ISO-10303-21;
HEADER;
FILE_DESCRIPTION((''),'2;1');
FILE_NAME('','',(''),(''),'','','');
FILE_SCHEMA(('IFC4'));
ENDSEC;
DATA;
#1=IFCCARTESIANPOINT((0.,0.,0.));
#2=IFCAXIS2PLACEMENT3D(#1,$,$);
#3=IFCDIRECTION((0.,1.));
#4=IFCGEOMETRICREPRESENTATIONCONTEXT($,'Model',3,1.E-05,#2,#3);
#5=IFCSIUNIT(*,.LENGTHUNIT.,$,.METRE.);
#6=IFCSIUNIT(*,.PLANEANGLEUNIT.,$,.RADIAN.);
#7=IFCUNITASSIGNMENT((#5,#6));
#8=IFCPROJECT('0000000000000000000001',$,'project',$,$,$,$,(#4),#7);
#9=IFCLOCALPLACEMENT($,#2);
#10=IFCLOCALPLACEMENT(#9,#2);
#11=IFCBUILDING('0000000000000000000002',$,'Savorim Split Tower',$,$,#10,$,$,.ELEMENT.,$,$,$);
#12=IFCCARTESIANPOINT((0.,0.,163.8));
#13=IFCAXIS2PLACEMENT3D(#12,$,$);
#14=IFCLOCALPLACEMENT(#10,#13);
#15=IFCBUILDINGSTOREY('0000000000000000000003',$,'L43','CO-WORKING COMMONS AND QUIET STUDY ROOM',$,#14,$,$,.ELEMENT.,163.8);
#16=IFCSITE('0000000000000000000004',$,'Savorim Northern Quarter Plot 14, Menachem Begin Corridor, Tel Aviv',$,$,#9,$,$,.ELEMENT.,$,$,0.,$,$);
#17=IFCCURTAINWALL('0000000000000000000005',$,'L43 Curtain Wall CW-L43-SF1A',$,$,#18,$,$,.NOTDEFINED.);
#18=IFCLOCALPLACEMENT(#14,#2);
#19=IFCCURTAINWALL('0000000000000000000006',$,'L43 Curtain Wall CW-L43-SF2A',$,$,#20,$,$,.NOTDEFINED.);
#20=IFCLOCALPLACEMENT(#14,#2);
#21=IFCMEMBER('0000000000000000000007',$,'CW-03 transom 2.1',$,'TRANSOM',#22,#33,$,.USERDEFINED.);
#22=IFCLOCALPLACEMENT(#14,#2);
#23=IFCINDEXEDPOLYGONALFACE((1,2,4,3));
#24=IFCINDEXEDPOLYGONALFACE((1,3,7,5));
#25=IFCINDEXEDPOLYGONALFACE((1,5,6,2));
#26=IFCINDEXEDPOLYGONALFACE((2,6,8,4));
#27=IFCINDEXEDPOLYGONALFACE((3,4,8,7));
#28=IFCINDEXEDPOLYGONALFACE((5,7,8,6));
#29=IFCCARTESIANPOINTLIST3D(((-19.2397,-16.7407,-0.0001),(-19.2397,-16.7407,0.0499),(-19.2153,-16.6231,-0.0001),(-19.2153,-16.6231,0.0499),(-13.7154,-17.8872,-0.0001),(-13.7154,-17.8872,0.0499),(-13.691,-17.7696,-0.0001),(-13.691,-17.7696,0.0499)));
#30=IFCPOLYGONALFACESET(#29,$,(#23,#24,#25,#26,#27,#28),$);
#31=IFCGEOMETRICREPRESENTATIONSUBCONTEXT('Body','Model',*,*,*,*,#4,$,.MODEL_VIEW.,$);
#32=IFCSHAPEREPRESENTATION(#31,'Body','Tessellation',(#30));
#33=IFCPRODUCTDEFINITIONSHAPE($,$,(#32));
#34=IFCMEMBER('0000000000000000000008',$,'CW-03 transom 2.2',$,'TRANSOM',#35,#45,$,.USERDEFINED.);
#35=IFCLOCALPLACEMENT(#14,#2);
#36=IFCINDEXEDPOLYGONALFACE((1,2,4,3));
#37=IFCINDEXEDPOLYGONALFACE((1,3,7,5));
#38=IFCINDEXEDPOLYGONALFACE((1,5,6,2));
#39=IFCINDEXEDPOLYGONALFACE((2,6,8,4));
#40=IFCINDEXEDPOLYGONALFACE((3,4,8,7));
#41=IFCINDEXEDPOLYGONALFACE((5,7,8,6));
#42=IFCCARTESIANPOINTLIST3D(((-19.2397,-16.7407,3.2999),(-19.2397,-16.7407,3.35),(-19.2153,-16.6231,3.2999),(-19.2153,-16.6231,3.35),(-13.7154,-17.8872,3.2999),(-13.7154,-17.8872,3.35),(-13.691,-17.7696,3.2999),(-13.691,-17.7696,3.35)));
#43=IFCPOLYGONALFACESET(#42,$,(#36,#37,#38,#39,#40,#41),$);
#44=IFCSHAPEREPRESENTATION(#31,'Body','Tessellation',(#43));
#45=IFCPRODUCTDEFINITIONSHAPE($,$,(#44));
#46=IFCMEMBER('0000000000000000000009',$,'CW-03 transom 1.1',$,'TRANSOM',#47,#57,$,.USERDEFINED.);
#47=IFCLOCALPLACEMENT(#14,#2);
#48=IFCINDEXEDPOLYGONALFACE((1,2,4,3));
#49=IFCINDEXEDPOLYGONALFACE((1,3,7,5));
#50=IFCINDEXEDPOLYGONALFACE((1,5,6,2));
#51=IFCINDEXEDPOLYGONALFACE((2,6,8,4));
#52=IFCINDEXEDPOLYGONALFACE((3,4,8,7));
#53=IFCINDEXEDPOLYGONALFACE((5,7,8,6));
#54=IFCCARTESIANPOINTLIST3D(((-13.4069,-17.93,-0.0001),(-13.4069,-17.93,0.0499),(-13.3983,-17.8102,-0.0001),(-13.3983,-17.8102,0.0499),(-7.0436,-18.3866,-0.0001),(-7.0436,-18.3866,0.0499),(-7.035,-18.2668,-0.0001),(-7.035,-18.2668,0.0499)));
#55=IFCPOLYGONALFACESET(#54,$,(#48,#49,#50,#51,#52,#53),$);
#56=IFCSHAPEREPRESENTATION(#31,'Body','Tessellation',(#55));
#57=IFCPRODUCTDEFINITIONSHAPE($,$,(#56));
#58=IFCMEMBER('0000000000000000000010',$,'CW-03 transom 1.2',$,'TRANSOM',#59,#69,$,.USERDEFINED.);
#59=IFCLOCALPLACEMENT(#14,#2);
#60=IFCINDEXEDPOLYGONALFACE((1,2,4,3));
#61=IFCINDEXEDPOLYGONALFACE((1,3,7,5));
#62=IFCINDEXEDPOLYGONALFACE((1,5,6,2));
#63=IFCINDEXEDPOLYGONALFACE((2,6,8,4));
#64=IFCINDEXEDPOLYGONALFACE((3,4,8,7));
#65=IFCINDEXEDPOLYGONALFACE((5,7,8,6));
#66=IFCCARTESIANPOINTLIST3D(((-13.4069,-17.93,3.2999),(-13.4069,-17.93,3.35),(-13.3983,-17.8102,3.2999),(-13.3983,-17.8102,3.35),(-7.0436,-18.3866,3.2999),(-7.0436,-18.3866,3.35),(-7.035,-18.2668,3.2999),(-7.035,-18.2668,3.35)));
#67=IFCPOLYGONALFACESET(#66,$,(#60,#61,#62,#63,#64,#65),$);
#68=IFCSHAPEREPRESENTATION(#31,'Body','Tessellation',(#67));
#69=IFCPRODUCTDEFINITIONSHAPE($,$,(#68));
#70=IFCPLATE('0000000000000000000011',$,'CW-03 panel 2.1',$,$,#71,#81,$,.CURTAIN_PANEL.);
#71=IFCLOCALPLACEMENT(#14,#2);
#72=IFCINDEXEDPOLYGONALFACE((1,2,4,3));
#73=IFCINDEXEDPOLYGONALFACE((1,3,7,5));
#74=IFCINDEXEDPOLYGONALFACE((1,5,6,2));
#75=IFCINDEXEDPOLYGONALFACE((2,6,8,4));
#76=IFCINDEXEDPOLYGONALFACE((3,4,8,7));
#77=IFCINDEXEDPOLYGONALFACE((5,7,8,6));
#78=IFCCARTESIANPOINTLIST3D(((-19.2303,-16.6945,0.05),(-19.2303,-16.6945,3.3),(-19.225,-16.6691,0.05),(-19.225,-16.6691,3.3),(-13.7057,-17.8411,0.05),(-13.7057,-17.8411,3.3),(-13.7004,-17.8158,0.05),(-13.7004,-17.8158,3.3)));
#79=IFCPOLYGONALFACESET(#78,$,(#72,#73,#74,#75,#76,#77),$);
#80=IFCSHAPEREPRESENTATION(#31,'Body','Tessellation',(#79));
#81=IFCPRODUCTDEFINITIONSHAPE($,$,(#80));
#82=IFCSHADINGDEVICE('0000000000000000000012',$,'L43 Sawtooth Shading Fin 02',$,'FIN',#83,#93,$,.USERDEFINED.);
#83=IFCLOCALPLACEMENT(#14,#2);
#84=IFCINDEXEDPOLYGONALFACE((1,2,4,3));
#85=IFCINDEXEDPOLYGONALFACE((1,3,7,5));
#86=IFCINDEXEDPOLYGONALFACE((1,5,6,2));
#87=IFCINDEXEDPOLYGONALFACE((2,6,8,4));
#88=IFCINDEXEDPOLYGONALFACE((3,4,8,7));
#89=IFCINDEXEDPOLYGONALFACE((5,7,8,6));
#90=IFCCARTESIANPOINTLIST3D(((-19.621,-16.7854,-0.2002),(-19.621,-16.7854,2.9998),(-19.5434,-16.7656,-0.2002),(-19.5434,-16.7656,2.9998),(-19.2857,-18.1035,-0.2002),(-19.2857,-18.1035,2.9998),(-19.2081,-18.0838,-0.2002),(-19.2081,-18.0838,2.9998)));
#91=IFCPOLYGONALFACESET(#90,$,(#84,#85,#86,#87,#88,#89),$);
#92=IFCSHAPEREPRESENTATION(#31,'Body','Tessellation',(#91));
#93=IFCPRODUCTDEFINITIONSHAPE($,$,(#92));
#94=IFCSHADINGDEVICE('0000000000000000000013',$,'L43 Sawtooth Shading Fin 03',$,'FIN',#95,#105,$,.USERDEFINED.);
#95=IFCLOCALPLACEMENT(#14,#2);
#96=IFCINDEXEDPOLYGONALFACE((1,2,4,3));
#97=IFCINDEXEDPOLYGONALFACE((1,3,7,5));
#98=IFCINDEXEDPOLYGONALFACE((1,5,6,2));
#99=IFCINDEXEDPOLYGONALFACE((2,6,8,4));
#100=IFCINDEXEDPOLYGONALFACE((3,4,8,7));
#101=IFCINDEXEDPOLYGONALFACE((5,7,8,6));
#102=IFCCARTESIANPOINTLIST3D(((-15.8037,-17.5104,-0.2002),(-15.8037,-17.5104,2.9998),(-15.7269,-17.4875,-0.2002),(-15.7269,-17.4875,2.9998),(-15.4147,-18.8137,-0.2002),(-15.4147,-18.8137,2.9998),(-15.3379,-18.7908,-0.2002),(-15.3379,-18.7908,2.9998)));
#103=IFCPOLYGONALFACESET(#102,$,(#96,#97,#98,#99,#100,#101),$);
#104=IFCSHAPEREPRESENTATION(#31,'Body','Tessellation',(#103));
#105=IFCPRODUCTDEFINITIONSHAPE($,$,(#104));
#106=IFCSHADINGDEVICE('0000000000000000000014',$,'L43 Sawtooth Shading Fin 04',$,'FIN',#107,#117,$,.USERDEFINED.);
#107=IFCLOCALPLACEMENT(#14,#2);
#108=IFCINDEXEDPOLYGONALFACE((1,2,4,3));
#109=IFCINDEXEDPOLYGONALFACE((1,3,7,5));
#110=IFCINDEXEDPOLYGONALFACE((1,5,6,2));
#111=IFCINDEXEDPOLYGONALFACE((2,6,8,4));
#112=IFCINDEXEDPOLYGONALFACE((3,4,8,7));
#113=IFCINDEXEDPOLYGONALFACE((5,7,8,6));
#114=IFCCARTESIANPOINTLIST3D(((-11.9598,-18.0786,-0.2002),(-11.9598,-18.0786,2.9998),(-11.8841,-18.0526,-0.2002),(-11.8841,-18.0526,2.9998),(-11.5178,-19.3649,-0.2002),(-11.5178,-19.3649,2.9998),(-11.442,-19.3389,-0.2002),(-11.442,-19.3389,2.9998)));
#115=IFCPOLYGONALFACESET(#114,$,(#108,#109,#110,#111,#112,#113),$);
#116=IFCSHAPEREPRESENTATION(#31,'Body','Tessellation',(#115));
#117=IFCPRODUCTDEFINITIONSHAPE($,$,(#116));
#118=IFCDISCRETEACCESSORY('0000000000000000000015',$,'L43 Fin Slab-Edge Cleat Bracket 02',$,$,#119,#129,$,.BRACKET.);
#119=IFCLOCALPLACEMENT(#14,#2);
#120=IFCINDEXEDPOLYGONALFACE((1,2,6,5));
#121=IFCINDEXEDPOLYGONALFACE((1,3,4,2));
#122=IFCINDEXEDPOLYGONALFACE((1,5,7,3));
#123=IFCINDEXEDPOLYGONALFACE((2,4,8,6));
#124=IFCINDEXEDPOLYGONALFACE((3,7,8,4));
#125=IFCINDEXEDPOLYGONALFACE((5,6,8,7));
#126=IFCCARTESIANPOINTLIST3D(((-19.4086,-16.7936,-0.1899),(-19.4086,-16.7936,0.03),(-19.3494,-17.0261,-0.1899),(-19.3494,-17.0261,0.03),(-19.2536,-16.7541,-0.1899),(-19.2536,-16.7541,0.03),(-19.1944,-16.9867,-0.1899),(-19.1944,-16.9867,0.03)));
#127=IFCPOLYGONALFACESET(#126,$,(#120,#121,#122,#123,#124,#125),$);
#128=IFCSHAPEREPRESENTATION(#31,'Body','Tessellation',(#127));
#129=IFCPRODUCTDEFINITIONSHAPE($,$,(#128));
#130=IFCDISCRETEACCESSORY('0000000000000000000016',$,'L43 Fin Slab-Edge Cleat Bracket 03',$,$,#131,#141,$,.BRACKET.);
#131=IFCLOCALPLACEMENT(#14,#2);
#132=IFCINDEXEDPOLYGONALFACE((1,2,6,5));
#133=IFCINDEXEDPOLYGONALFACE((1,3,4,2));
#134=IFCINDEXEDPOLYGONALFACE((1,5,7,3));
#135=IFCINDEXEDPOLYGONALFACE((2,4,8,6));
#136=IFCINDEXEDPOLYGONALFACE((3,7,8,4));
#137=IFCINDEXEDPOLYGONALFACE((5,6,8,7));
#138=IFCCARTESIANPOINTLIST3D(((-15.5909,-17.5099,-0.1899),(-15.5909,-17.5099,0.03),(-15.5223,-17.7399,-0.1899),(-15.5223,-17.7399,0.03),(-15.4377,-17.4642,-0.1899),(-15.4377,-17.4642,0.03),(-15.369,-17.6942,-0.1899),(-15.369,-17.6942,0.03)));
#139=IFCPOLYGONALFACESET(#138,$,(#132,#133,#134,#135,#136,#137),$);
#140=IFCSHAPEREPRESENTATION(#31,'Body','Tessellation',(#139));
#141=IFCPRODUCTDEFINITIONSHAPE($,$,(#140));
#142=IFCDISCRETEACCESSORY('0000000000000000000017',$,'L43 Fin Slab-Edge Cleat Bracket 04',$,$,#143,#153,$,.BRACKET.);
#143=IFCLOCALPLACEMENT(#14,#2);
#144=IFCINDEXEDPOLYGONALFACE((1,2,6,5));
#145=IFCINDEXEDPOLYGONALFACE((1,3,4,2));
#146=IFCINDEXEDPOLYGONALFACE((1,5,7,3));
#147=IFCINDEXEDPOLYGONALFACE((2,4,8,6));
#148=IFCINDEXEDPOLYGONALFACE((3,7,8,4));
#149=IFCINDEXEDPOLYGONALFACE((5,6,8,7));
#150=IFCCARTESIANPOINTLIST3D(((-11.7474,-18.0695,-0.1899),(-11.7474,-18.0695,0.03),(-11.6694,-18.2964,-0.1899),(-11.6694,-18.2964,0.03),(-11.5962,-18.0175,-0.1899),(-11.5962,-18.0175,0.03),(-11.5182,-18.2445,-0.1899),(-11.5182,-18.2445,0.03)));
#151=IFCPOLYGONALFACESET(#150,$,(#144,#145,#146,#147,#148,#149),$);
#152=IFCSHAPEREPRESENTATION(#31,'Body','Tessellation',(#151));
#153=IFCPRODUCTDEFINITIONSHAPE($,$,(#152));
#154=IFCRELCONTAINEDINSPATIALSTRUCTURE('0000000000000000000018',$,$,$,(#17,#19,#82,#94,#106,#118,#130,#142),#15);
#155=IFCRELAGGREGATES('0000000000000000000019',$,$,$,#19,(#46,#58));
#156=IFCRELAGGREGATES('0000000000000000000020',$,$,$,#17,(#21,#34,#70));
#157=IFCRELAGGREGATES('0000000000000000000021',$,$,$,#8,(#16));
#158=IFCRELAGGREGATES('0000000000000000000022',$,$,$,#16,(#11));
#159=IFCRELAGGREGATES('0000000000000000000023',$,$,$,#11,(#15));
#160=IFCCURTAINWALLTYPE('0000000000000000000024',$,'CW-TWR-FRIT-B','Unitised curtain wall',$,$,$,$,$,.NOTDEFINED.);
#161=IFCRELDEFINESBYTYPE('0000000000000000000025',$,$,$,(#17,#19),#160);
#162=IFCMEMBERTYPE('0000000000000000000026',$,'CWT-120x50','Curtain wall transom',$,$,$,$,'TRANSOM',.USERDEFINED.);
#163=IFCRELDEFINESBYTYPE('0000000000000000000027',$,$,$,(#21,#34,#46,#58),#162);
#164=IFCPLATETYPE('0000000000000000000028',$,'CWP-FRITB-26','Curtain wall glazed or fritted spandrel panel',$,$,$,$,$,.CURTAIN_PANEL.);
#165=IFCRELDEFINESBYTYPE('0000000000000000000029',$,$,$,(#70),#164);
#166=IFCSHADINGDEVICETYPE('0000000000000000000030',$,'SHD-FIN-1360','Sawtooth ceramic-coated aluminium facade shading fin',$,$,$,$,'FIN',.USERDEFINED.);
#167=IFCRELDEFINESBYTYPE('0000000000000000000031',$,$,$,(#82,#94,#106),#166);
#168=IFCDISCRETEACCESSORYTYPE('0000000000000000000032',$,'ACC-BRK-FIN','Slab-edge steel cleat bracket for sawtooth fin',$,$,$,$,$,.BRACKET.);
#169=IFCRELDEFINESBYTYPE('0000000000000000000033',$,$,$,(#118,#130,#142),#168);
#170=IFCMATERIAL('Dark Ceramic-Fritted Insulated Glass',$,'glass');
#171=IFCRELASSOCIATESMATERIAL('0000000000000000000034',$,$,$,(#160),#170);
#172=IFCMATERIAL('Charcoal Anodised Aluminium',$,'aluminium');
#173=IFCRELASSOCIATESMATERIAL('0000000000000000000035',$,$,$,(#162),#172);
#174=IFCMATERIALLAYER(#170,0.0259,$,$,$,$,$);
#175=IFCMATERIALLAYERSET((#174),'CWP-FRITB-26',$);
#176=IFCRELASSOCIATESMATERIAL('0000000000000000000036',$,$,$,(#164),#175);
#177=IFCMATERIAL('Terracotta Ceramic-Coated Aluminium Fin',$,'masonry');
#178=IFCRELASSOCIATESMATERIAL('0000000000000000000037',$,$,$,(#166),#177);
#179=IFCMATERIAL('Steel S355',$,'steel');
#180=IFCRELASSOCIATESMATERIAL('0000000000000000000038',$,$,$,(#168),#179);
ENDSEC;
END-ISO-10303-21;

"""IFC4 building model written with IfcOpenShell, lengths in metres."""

from ifc_helpers import new_model, si_unit, direction, frame, origin, origin_2d, place, context, subcontext, project, spatial, rectangle, extrude, material, layer, layer_set, material_profile, profile_set, type_object, element, aggregate, save


model = new_model("IFC4")

# Units and contexts
model_context = context("Model", 3, precision=1e-05, world=origin(), true_north=direction((0.0, 1.0)))
body_context = subcontext(model_context, "Body", "Model", "MODEL_VIEW")
ifc_project = project(units=[si_unit("LENGTHUNIT", "METRE"), si_unit("PLANEANGLEUNIT", "RADIAN")], contexts=[model_context])

# Site, building, storey
site_placement = place(None, origin())
site = spatial("IfcSite", under=ifc_project, at=site_placement, Name="Savorim Northern Quarter Plot 14, Menachem Begin Corridor, Tel Aviv", CompositionType="ELEMENT", RefElevation=0.0)
building_placement = place(site_placement, origin())
building = spatial("IfcBuilding", under=site, at=building_placement, Name="Savorim Split Tower", CompositionType="ELEMENT")
storey_placement = place(building_placement, frame((0.0, 0.0, 163.8)))
storey = spatial("IfcBuildingStorey", under=building, at=storey_placement, Name="L43", Description="CO-WORKING COMMONS AND QUIET STUDY ROOM", CompositionType="ELEMENT", Elevation=163.8)

# Shared definitions
ifc_material_1 = material(Name="Steel S355", Category="steel")

# Curtain wall
ifc_material_2 = material(Name="Dark Ceramic-Fritted Insulated Glass", Category="glass")
curtain_wall_type = type_object("IfcCurtainWallType", Name="CW-TWR-FRIT-B", Description="Unitised curtain wall", PredefinedType="NOTDEFINED", material=ifc_material_2)
curtain_wall_1_placement = place(storey_placement, origin())
curtain_wall_1 = element("IfcCurtainWall", 1, at=curtain_wall_1_placement, inside=storey, type_object=curtain_wall_type, Name="L43 Curtain Wall CW-L43-SF1A", PredefinedType="NOTDEFINED")
ifc_material_3 = material(Name="Charcoal Anodised Aluminium", Category="aluminium")

# Curtain wall
curtain_wall_2_placement = place(storey_placement, origin())
curtain_wall_2 = element("IfcCurtainWall", 2, at=curtain_wall_2_placement, inside=storey, type_object=curtain_wall_type, Name="L43 Curtain Wall CW-L43-SF2A", PredefinedType="NOTDEFINED")

# Members
ifc_material_profile_1 = material_profile(ifc_material_3, rectangle(XDim=0.1201, YDim=0.05, at=origin_2d()), Name="ALU-T 120x50")
ifc_profile_set_1 = profile_set([ifc_material_profile_1], Name="Charcoal Anodised Aluminium")
member_type_1 = type_object("IfcMemberType", Name="CWT-120x50", Description="Curtain wall transom", ElementType="TRANSOM", PredefinedType="USERDEFINED", material=ifc_profile_set_1)
member_1_placement = place(storey_placement, frame((-19.2275, -16.6819, 0.0249), z_axis=(0.979137, -0.203201, 0.0), x_axis=(0.203201, 0.979137, 0.0)))
member_1 = element("IfcMember", 3, at=member_1_placement, type_object=member_type_1, Name="CW-03 transom 2.1", ObjectType="TRANSOM", PredefinedType="USERDEFINED", context=body_context, shape_type="SweptSolid", body=[
    extrude(rectangle(XDim=0.1201, YDim=0.05, at=origin_2d()), origin(), (0.0, 0.0, 1.0), 5.6421),
])
member_2_placement = place(storey_placement, frame((-19.2275, -16.6819, 3.325), z_axis=(0.979137, -0.203201, 0.0), x_axis=(0.203201, 0.979137, 0.0)))
member_2 = element("IfcMember", 4, at=member_2_placement, type_object=member_type_1, Name="CW-03 transom 2.2", ObjectType="TRANSOM", PredefinedType="USERDEFINED", context=body_context, shape_type="SweptSolid", body=[
    extrude(rectangle(XDim=0.1201, YDim=0.05, at=origin_2d()), origin(), (0.0, 0.0, 1.0), 5.6421),
])
member_3_placement = place(storey_placement, frame((-13.4026, -17.8701, 0.0249), z_axis=(0.997436, -0.071563, 0.0), x_axis=(0.071563, 0.997436, 0.0)))
member_3 = element("IfcMember", 5, at=member_3_placement, type_object=member_type_1, Name="CW-03 transom 1.1", ObjectType="TRANSOM", PredefinedType="USERDEFINED", context=body_context, shape_type="SweptSolid", body=[
    extrude(rectangle(XDim=0.1201, YDim=0.05, at=origin_2d()), origin(), (0.0, 0.0, 1.0), 6.3796),
])
member_4_placement = place(storey_placement, frame((-13.4026, -17.8701, 3.325), z_axis=(0.997436, -0.071563, 0.0), x_axis=(0.071563, 0.997436, 0.0)))
member_4 = element("IfcMember", 6, at=member_4_placement, type_object=member_type_1, Name="CW-03 transom 1.2", ObjectType="TRANSOM", PredefinedType="USERDEFINED", context=body_context, shape_type="SweptSolid", body=[
    extrude(rectangle(XDim=0.1201, YDim=0.05, at=origin_2d()), origin(), (0.0, 0.0, 1.0), 6.3796),
])
aggregate(curtain_wall_2, [member_3, member_4])

# Plate
ifc_layer = layer(ifc_material_2, 0.0259)
ifc_layer_set = layer_set([ifc_layer], Name="CWP-FRITB-26")
plate_type = type_object("IfcPlateType", Name="CWP-FRITB-26", Description="Curtain wall glazed or fritted spandrel panel", PredefinedType="CURTAIN_PANEL", material=ifc_layer_set)
plate_placement = place(storey_placement, frame((-16.4653, -17.2551, 0.05), z_axis=(0.0, 0.0, 1.0), x_axis=(0.979134, -0.203216, 0.0)))
plate = element("IfcPlate", 7, at=plate_placement, type_object=plate_type, Name="CW-03 panel 2.1", PredefinedType="CURTAIN_PANEL", context=body_context, shape_type="SweptSolid", body=[
    extrude(rectangle(XDim=5.6423, YDim=0.0259, at=origin_2d()), origin(), (0.0, 0.0, 1.0), 3.25),
])
aggregate(curtain_wall_1, [member_1, member_2, plate])

# Shading devices
ifc_material_4 = material(Name="Terracotta Ceramic-Coated Aluminium Fin", Category="masonry")
shading_device_type = type_object("IfcShadingDeviceType", Name="SHD-FIN-1360", Description="Sawtooth ceramic-coated aluminium facade shading fin", ElementType="FIN", PredefinedType="USERDEFINED", material=ifc_material_4)
for number, where, z_axis, x_axis, name in (
    (8, (-19.4146, -17.4346, -0.2002), (0.0, 0.0, 1.0), (0.246581, -0.969122, 0.0), "L43 Sawtooth Shading Fin 02"),
    (9, (-15.5708, -18.1506, -0.2002), (0.0, 0.0, 1.0), (0.286026, -0.958222, 0.0), "L43 Sawtooth Shading Fin 03"),
    (10, (-11.7009, -18.7087, -0.2002), (0.0, 0.0, 1.0), (0.324994, -0.945716, 0.0), "L43 Sawtooth Shading Fin 04"),
):
    element("IfcShadingDevice", number, at=place(storey_placement, frame(where, z_axis=z_axis, x_axis=x_axis)), inside=storey, type_object=shading_device_type, Name=name, ObjectType="FIN", PredefinedType="USERDEFINED", context=body_context, shape_type="SweptSolid", body=[
        extrude(rectangle(XDim=1.3601, YDim=0.0801, at=origin_2d()), origin(), (0.0, 0.0, 1.0), 3.2),
    ])

# Discrete accessories
discrete_accessory_type = type_object("IfcDiscreteAccessoryType", Name="ACC-BRK-FIN", Description="Slab-edge steel cleat bracket for sawtooth fin", PredefinedType="BRACKET", material=ifc_material_1)
for number, where, z_axis, x_axis, name in (
    (11, (-19.3015, -16.8901, -0.1899), (0.0, 0.0, 1.0), (0.246581, -0.969122, 0.0), "L43 Fin Slab-Edge Cleat Bracket 02"),
    (12, (-15.48, -17.6021, -0.1899), (0.0, 0.0, 1.0), (0.286026, -0.958222, 0.0), "L43 Fin Slab-Edge Cleat Bracket 03"),
    (13, (-11.6328, -18.157, -0.1899), (0.0, 0.0, 1.0), (0.324994, -0.945716, 0.0), "L43 Fin Slab-Edge Cleat Bracket 04"),
):
    element("IfcDiscreteAccessory", number, at=place(storey_placement, frame(where, z_axis=z_axis, x_axis=x_axis)), inside=storey, type_object=discrete_accessory_type, Name=name, PredefinedType="BRACKET", context=body_context, shape_type="SweptSolid", body=[
        extrude(rectangle(XDim=0.24, YDim=0.1599, at=origin_2d()), origin(), (0.0, 0.0, 1.0), 0.22),
    ])

save(model, "model.ifc")
